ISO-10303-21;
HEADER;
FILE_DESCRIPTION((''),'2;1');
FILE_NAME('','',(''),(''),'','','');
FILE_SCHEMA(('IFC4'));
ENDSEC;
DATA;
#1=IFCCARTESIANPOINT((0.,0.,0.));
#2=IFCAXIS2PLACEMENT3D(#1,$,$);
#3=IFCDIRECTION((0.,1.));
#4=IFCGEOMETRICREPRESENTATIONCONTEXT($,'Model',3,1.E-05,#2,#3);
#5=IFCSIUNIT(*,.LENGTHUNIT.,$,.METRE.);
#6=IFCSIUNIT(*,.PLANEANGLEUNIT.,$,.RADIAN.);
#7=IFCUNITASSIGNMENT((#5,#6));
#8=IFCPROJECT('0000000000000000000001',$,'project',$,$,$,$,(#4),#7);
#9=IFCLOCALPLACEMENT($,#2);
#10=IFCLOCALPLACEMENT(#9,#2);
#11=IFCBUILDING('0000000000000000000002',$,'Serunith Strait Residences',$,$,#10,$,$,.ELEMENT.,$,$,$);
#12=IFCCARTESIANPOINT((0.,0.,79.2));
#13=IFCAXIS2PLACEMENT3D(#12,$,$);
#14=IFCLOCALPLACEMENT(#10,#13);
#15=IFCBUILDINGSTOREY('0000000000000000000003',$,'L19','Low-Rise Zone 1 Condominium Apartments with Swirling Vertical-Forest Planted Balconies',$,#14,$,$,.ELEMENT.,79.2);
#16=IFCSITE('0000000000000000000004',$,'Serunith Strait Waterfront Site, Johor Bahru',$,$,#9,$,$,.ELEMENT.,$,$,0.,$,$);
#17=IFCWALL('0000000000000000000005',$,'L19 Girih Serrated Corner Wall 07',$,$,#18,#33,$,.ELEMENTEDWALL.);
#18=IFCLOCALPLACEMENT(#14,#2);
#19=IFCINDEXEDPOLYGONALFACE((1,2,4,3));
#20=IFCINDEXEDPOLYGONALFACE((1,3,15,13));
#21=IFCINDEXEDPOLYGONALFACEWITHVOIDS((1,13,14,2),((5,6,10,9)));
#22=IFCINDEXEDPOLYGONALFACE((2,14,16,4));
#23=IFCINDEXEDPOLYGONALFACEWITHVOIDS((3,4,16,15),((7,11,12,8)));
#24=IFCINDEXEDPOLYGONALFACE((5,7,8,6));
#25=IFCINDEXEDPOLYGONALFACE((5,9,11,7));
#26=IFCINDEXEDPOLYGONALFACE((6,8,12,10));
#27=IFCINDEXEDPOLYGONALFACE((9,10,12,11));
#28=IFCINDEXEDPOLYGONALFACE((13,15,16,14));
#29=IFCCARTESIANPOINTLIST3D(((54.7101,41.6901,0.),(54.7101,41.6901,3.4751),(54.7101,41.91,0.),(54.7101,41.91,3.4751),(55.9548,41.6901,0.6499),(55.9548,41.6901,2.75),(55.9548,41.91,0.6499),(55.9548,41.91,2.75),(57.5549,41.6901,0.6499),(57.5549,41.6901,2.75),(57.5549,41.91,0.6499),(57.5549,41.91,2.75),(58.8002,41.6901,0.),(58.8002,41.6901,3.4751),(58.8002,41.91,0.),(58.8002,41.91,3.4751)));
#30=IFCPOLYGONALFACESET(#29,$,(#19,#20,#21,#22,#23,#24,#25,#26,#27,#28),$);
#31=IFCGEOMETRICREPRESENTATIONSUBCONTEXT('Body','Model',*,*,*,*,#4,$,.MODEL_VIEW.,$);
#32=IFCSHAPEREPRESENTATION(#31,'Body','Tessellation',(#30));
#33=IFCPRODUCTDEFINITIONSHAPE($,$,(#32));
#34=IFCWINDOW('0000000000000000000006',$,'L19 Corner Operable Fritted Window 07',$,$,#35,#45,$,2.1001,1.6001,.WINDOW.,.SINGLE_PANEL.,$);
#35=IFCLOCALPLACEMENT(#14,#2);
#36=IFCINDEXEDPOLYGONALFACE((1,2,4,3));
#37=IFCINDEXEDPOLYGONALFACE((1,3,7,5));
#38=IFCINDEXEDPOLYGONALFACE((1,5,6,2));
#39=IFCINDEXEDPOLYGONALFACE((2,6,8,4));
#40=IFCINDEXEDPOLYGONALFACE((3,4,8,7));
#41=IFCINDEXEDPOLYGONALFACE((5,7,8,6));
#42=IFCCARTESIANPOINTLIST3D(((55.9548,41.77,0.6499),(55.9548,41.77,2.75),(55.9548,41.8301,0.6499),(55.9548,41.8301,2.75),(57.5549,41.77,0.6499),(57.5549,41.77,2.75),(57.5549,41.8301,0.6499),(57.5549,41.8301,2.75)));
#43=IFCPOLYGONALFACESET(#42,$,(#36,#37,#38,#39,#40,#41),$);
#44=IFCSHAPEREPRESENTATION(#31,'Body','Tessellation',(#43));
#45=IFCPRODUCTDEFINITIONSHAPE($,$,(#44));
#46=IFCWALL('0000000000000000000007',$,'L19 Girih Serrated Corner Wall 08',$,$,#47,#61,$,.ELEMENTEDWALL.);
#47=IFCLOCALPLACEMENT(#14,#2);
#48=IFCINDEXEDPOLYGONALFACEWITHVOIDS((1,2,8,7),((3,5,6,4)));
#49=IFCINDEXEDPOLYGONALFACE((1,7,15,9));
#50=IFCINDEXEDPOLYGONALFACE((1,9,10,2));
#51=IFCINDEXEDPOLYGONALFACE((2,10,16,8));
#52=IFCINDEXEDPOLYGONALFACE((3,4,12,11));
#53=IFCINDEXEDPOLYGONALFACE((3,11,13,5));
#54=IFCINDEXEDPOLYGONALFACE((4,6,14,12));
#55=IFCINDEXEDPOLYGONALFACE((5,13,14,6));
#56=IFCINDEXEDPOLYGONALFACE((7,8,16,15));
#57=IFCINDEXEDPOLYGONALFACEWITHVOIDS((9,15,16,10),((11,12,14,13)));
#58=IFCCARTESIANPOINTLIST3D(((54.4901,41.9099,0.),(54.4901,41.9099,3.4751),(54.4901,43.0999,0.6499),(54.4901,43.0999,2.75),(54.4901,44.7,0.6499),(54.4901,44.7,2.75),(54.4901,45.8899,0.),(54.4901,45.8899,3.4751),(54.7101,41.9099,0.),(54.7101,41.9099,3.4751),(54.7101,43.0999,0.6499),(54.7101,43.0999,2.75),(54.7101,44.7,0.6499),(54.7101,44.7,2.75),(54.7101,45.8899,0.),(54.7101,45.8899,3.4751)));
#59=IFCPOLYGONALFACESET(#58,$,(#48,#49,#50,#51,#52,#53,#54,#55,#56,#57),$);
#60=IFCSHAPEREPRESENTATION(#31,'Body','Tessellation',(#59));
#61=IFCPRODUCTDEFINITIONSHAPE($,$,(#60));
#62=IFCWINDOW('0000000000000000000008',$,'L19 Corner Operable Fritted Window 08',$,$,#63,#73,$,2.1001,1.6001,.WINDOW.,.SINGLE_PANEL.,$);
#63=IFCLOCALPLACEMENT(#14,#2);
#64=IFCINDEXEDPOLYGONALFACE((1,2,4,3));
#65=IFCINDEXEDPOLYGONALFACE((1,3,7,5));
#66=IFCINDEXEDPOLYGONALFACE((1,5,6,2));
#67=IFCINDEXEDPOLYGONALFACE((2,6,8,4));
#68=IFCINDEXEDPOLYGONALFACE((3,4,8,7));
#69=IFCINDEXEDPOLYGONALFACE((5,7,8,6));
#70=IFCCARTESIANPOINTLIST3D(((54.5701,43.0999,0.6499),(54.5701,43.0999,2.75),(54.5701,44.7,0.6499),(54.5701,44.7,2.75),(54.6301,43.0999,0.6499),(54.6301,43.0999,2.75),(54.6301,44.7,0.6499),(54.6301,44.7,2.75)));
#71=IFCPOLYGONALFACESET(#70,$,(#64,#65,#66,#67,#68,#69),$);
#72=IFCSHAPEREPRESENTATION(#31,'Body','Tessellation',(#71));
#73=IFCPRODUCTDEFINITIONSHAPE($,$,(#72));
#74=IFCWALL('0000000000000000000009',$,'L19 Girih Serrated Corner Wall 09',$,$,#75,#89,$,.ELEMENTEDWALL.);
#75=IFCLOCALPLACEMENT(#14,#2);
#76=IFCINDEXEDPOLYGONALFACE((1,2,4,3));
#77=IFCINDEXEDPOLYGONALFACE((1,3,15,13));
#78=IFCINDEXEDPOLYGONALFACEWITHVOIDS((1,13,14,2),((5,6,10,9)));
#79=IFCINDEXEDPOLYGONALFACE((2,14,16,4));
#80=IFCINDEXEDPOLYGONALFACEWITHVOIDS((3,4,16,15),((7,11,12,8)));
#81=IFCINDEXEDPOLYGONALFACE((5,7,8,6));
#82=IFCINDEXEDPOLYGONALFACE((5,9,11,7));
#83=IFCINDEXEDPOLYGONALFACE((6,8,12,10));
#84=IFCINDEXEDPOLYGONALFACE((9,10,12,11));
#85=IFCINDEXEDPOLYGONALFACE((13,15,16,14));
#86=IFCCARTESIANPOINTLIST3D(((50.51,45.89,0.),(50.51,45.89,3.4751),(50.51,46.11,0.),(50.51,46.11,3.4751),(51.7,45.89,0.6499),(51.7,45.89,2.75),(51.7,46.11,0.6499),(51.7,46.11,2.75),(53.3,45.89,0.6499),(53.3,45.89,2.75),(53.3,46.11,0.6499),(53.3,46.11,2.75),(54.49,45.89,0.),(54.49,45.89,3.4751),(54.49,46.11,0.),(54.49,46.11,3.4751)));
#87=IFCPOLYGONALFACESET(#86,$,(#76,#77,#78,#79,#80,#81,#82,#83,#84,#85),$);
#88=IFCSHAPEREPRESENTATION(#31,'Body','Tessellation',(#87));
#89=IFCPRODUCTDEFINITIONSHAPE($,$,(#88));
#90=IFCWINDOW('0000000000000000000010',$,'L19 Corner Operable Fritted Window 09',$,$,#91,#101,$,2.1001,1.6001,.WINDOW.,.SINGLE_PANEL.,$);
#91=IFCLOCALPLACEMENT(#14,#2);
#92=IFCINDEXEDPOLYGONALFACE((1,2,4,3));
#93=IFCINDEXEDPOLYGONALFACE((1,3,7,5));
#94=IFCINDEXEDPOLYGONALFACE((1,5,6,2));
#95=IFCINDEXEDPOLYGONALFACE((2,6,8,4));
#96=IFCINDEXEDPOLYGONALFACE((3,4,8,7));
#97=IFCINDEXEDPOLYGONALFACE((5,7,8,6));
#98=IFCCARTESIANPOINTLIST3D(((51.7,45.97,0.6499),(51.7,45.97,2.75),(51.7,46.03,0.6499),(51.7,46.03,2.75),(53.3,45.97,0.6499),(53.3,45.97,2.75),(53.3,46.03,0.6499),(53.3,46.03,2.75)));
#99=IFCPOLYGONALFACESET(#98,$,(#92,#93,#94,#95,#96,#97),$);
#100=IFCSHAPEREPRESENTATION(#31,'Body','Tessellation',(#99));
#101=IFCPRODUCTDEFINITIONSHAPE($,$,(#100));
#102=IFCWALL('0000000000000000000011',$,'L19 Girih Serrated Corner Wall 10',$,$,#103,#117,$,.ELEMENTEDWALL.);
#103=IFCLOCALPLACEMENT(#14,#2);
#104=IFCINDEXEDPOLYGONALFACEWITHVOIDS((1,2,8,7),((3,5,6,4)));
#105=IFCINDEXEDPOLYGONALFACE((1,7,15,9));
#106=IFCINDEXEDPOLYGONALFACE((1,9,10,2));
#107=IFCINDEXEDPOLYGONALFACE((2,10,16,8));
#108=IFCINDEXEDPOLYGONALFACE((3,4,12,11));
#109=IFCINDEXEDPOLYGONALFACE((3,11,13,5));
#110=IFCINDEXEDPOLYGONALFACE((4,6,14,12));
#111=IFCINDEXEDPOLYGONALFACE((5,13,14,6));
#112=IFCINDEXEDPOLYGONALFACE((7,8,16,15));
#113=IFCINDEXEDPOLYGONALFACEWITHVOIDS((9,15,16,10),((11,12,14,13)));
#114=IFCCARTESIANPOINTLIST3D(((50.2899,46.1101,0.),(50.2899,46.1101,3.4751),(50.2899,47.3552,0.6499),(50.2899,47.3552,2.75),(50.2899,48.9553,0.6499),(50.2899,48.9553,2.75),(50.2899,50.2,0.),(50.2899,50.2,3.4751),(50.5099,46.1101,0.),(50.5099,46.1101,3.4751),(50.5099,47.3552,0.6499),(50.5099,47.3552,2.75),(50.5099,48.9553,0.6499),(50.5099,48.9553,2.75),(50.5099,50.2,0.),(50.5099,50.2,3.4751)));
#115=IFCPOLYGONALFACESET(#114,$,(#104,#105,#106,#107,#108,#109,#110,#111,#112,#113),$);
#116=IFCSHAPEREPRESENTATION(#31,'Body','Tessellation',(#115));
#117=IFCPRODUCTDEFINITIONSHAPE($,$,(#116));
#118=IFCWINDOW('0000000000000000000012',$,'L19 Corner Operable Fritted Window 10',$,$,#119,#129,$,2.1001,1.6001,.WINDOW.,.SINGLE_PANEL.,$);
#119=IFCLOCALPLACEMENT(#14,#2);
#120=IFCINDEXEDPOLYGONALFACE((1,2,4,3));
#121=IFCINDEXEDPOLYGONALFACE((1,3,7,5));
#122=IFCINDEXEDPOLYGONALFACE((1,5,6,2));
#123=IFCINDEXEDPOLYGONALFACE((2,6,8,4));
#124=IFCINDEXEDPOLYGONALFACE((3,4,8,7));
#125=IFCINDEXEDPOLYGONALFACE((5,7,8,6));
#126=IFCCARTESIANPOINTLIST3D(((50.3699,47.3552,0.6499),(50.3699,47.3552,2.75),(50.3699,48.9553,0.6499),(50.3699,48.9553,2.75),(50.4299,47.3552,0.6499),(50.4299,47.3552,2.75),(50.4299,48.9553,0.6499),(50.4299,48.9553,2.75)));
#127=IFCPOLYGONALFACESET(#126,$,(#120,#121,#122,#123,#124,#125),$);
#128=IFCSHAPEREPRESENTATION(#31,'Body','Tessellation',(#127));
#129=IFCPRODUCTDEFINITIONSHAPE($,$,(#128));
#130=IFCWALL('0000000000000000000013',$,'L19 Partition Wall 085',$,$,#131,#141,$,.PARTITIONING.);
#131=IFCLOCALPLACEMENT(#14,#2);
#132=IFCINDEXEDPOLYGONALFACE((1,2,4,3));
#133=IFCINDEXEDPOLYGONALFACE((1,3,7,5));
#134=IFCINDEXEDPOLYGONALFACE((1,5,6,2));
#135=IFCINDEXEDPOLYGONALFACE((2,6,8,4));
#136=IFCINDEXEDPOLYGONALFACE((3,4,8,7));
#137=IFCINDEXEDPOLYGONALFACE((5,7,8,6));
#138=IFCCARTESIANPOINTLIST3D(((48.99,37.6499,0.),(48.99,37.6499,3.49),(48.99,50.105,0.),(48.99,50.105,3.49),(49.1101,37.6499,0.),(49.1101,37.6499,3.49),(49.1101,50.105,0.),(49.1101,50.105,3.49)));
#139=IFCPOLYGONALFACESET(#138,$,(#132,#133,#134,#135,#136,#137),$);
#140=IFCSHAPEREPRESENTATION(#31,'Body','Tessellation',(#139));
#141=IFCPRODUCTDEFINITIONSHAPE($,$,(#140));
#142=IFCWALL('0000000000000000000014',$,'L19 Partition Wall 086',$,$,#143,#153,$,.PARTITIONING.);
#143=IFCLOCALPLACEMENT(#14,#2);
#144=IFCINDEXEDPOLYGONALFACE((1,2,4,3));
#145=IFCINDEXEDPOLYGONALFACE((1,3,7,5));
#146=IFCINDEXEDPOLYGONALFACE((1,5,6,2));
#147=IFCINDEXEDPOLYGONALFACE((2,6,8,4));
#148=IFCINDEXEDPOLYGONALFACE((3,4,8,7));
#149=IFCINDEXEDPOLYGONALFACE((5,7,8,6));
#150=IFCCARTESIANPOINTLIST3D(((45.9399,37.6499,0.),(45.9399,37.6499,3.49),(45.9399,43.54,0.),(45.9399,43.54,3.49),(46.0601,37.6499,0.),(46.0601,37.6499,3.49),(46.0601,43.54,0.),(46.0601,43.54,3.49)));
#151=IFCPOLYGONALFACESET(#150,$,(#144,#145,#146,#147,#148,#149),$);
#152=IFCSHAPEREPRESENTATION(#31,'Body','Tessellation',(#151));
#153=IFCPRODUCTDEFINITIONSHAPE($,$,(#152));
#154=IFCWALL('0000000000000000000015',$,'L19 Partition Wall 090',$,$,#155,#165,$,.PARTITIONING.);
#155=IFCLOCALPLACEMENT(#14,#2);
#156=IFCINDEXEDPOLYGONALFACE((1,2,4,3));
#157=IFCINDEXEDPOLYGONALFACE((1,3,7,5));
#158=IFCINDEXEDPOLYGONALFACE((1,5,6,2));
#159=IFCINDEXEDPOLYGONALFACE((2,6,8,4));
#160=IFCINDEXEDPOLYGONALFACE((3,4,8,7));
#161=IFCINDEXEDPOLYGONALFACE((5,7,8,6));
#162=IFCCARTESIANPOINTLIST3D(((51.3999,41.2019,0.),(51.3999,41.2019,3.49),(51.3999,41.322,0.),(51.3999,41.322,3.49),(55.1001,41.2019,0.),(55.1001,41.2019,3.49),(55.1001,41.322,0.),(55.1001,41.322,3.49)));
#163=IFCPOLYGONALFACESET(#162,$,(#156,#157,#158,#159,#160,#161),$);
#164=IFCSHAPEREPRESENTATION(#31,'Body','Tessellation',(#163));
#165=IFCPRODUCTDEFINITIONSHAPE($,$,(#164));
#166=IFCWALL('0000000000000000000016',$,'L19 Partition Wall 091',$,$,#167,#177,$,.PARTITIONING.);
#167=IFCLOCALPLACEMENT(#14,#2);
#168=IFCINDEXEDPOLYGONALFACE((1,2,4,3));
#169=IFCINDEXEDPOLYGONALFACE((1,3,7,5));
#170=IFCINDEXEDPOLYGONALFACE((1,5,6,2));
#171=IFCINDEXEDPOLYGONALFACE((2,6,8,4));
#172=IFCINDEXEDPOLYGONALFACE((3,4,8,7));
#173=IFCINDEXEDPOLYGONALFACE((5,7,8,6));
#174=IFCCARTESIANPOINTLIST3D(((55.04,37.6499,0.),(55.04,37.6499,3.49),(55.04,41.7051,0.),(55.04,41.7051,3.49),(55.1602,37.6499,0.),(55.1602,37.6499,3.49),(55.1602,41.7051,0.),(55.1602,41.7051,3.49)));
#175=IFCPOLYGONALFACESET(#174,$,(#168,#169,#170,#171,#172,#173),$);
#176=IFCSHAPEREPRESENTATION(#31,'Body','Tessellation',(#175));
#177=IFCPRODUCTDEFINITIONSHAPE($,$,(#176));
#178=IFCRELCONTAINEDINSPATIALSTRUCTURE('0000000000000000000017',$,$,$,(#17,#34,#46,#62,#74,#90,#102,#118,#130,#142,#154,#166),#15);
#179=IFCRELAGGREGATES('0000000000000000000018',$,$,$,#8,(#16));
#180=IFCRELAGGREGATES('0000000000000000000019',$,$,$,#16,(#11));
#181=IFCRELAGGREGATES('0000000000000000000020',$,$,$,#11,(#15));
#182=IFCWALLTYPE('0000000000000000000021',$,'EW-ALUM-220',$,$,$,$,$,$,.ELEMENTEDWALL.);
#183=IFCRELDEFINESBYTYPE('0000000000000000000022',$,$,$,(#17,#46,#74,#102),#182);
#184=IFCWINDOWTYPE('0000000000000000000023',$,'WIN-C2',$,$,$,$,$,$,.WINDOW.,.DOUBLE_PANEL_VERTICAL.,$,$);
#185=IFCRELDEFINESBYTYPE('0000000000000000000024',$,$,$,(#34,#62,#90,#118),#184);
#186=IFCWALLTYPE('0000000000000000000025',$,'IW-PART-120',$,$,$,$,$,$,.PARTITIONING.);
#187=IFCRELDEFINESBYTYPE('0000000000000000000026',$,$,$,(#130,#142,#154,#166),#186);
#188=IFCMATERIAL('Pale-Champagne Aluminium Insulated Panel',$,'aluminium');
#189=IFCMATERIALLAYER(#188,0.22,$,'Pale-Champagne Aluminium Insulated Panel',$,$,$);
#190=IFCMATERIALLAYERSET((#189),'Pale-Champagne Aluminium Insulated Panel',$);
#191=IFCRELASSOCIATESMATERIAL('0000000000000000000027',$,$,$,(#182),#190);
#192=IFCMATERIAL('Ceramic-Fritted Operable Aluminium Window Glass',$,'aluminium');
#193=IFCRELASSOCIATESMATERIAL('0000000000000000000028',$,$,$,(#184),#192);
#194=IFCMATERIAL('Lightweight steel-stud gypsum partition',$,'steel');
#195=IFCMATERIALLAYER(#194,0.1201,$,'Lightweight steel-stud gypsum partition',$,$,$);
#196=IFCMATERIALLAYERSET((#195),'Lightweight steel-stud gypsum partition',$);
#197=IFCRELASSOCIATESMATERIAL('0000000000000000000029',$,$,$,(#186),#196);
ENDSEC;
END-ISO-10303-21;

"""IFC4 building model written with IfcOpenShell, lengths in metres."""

from ifc_helpers import new_model, si_unit, direction, frame, frame_2d, origin, place, context, subcontext, project, spatial, rectangle, extrude, source, transform, mapped, material, layer, layer_set, type_object, element, fill, save


model = new_model("IFC4")

# Units and contexts
model_context = context("Model", 3, precision=1e-05, world=origin(), true_north=direction((0.0, 1.0)))
body_context = subcontext(model_context, "Body", "Model", "MODEL_VIEW")
ifc_project = project(units=[si_unit("LENGTHUNIT", "METRE"), si_unit("PLANEANGLEUNIT", "RADIAN")], contexts=[model_context])

# Site, building, storey
site_placement = place(None, origin())
site = spatial("IfcSite", under=ifc_project, at=site_placement, Name="Serunith Strait Waterfront Site, Johor Bahru", CompositionType="ELEMENT", RefElevation=0.0)
building_placement = place(site_placement, origin())
building = spatial("IfcBuilding", under=site, at=building_placement, Name="Serunith Strait Residences", CompositionType="ELEMENT")
storey_placement = place(building_placement, frame((0.0, 0.0, 79.2)))
storey = spatial("IfcBuildingStorey", under=building, at=storey_placement, Name="L19", Description="Low-Rise Zone 1 Condominium Apartments with Swirling Vertical-Forest Planted Balconies", CompositionType="ELEMENT", Elevation=79.2)

# Walls, openings, windows
ifc_material_1 = material(Name="Pale-Champagne Aluminium Insulated Panel", Category="aluminium")
ifc_layer_1 = layer(ifc_material_1, 0.22, Name="Pale-Champagne Aluminium Insulated Panel")
ifc_layer_set_1 = layer_set([ifc_layer_1], Name="Pale-Champagne Aluminium Insulated Panel")
wall_type_1 = type_object("IfcWallType", Name="EW-ALUM-220", PredefinedType="ELEMENTEDWALL", material=ifc_layer_set_1)
wall_1_placement = place(storey_placement, frame((58.8, 41.8, 0.0), z_axis=(0.0, 0.0, 1.0), x_axis=(-1.0, 0.0, 0.0)))
wall_1 = element("IfcWall", 1, at=wall_1_placement, inside=storey, type_object=wall_type_1, Name="L19 Girih Serrated Corner Wall 07", PredefinedType="ELEMENTEDWALL", context=body_context, shape_type="SweptSolid", body=[
    extrude(rectangle(XDim=4.0901, YDim=0.22, at=frame_2d((2.0449, 0.0))), origin(), (0.0, 0.0, 1.0), 3.4751),
])
opening_1_placement = place(wall_1_placement, frame((1.2451, 0.0, 0.6499)))
opening_1 = element("IfcOpeningElement", 2, at=opening_1_placement, cuts=wall_1, PredefinedType="OPENING", context=body_context, shape_type="SweptSolid", body=[
    extrude(rectangle(XDim=1.6001, YDim=2.1001, at=frame_2d((0.8, 1.05))), frame((0.0, 0.1201, 0.0), z_axis=(0.0, -1.0, 0.0), x_axis=(1.0, 0.0, 0.0)), (0.0, 0.0, 1.0), 0.24),
])
ifc_material_2 = material(Name="Ceramic-Fritted Operable Aluminium Window Glass", Category="aluminium")
window_type = type_object("IfcWindowType", Name="WIN-C2", PartitioningType="DOUBLE_PANEL_VERTICAL", PredefinedType="WINDOW", material=ifc_material_2)
shared_shape_1 = source(origin(), body_context, "Body", "SweptSolid", [
    extrude(rectangle(XDim=1.6001, YDim=2.1001, at=frame_2d((0.8, 1.05))), frame((0.0, 0.03, 0.0), z_axis=(0.0, -1.0, 0.0), x_axis=(1.0, 0.0, 0.0)), (0.0, 0.0, 1.0), 0.0601),
])
window_1_placement = place(opening_1_placement, origin())
window_1 = element("IfcWindow", 3, at=window_1_placement, inside=storey, type_object=window_type, Name="L19 Corner Operable Fritted Window 07", OverallHeight=2.1001, OverallWidth=1.6001, PartitioningType="SINGLE_PANEL", PredefinedType="WINDOW", context=body_context, shape_type="MappedRepresentation", body=[
    mapped(shared_shape_1, transform((0.0, 0.0, 0.0), scale=1.0)),
])
fill(opening_1, window_1)
wall_2_placement = place(storey_placement, frame((54.6001, 41.9099, 0.0), z_axis=(0.0, 0.0, 1.0), x_axis=(0.0, 1.0, 0.0)))
wall_2 = element("IfcWall", 4, at=wall_2_placement, inside=storey, type_object=wall_type_1, Name="L19 Girih Serrated Corner Wall 08", PredefinedType="ELEMENTEDWALL", context=body_context, shape_type="SweptSolid", body=[
    extrude(rectangle(XDim=3.98, YDim=0.22, at=frame_2d((1.99, 0.0))), origin(), (0.0, 0.0, 1.0), 3.4751),
])
opening_2_placement = place(wall_2_placement, frame((1.1899, 0.0, 0.6499)))
opening_2 = element("IfcOpeningElement", 5, at=opening_2_placement, cuts=wall_2, PredefinedType="OPENING", context=body_context, shape_type="SweptSolid", body=[
    extrude(rectangle(XDim=1.6001, YDim=2.1001, at=frame_2d((0.8, 1.05))), frame((0.0, 0.1201, 0.0), z_axis=(0.0, -1.0, 0.0), x_axis=(1.0, 0.0, 0.0)), (0.0, 0.0, 1.0), 0.24),
])
window_2_placement = place(opening_2_placement, origin())
window_2 = element("IfcWindow", 6, at=window_2_placement, inside=storey, type_object=window_type, Name="L19 Corner Operable Fritted Window 08", OverallHeight=2.1001, OverallWidth=1.6001, PartitioningType="SINGLE_PANEL", PredefinedType="WINDOW", context=body_context, shape_type="MappedRepresentation", body=[
    mapped(shared_shape_1, transform((0.0, 0.0, 0.0), scale=1.0)),
])
fill(opening_2, window_2)
wall_3_placement = place(storey_placement, frame((54.49, 46.0, 0.0), z_axis=(0.0, 0.0, 1.0), x_axis=(-1.0, 0.0, 0.0)))
wall_3 = element("IfcWall", 7, at=wall_3_placement, inside=storey, type_object=wall_type_1, Name="L19 Girih Serrated Corner Wall 09", PredefinedType="ELEMENTEDWALL", context=body_context, shape_type="SweptSolid", body=[
    extrude(rectangle(XDim=3.98, YDim=0.22, at=frame_2d((1.99, 0.0))), origin(), (0.0, 0.0, 1.0), 3.4751),
])
opening_3_placement = place(wall_3_placement, frame((1.1899, 0.0, 0.6499)))
opening_3 = element("IfcOpeningElement", 8, at=opening_3_placement, cuts=wall_3, PredefinedType="OPENING", context=body_context, shape_type="SweptSolid", body=[
    extrude(rectangle(XDim=1.6001, YDim=2.1001, at=frame_2d((0.8, 1.05))), frame((0.0, 0.1201, 0.0), z_axis=(0.0, -1.0, 0.0), x_axis=(1.0, 0.0, 0.0)), (0.0, 0.0, 1.0), 0.24),
])
window_3_placement = place(opening_3_placement, origin())
window_3 = element("IfcWindow", 9, at=window_3_placement, inside=storey, type_object=window_type, Name="L19 Corner Operable Fritted Window 09", OverallHeight=2.1001, OverallWidth=1.6001, PartitioningType="SINGLE_PANEL", PredefinedType="WINDOW", context=body_context, shape_type="MappedRepresentation", body=[
    mapped(shared_shape_1, transform((0.0, 0.0, 0.0), scale=1.0)),
])
fill(opening_3, window_3)
wall_4_placement = place(storey_placement, frame((50.3999, 46.1101, 0.0), z_axis=(0.0, 0.0, 1.0), x_axis=(0.0, 1.0, 0.0)))
wall_4 = element("IfcWall", 10, at=wall_4_placement, inside=storey, type_object=wall_type_1, Name="L19 Girih Serrated Corner Wall 10", PredefinedType="ELEMENTEDWALL", context=body_context, shape_type="SweptSolid", body=[
    extrude(rectangle(XDim=4.0898, YDim=0.22, at=frame_2d((2.0449, 0.0))), origin(), (0.0, 0.0, 1.0), 3.4751),
])
opening_4_placement = place(wall_4_placement, frame((1.2451, 0.0, 0.6499)))
opening_4 = element("IfcOpeningElement", 11, at=opening_4_placement, cuts=wall_4, PredefinedType="OPENING", context=body_context, shape_type="SweptSolid", body=[
    extrude(rectangle(XDim=1.6001, YDim=2.1001, at=frame_2d((0.8, 1.05))), frame((0.0, 0.1201, 0.0), z_axis=(0.0, -1.0, 0.0), x_axis=(1.0, 0.0, 0.0)), (0.0, 0.0, 1.0), 0.24),
])
window_4_placement = place(opening_4_placement, origin())
window_4 = element("IfcWindow", 12, at=window_4_placement, inside=storey, type_object=window_type, Name="L19 Corner Operable Fritted Window 10", OverallHeight=2.1001, OverallWidth=1.6001, PartitioningType="SINGLE_PANEL", PredefinedType="WINDOW", context=body_context, shape_type="MappedRepresentation", body=[
    mapped(shared_shape_1, transform((0.0, 0.0, 0.0), scale=1.0)),
])
fill(opening_4, window_4)

# Walls
ifc_material_3 = material(Name="Lightweight steel-stud gypsum partition", Category="steel")
ifc_layer_2 = layer(ifc_material_3, 0.1201, Name="Lightweight steel-stud gypsum partition")
ifc_layer_set_2 = layer_set([ifc_layer_2], Name="Lightweight steel-stud gypsum partition")
wall_type_2 = type_object("IfcWallType", Name="IW-PART-120", PredefinedType="PARTITIONING", material=ifc_layer_set_2)
wall_5_placement = place(storey_placement, frame((49.05, 50.105, 0.0), z_axis=(0.0, 0.0, 1.0), x_axis=(0.0, -1.0, 0.0)))
element("IfcWall", 13, at=wall_5_placement, inside=storey, type_object=wall_type_2, Name="L19 Partition Wall 085", PredefinedType="PARTITIONING", context=body_context, shape_type="SweptSolid", body=[
    extrude(rectangle(XDim=12.4551, YDim=0.1201, at=frame_2d((6.2275, 0.0))), origin(), (0.0, 0.0, 1.0), 3.49),
])
wall_6_placement = place(storey_placement, frame((46.0, 43.54, 0.0), z_axis=(0.0, 0.0, 1.0), x_axis=(0.0, -1.0, 0.0)))
element("IfcWall", 14, at=wall_6_placement, inside=storey, type_object=wall_type_2, Name="L19 Partition Wall 086", PredefinedType="PARTITIONING", context=body_context, shape_type="SweptSolid", body=[
    extrude(rectangle(XDim=5.8901, YDim=0.1201, at=frame_2d((2.9451, 0.0))), origin(), (0.0, 0.0, 1.0), 3.49),
])
wall_7_placement = place(storey_placement, frame((51.3999, 41.262, 0.0), z_axis=(0.0, 0.0, 1.0), x_axis=(1.0, 0.0, 0.0)))
element("IfcWall", 15, at=wall_7_placement, inside=storey, type_object=wall_type_2, Name="L19 Partition Wall 090", PredefinedType="PARTITIONING", context=body_context, shape_type="SweptSolid", body=[
    extrude(rectangle(XDim=3.7002, YDim=0.1201, at=frame_2d((1.8501, 0.0))), origin(), (0.0, 0.0, 1.0), 3.49),
])
wall_8_placement = place(storey_placement, frame((55.1001, 41.7051, 0.0), z_axis=(0.0, 0.0, 1.0), x_axis=(0.0, -1.0, 0.0)))
element("IfcWall", 16, at=wall_8_placement, inside=storey, type_object=wall_type_2, Name="L19 Partition Wall 091", PredefinedType="PARTITIONING", context=body_context, shape_type="SweptSolid", body=[
    extrude(rectangle(XDim=4.0552, YDim=0.1201, at=frame_2d((2.0276, 0.0))), origin(), (0.0, 0.0, 1.0), 3.49),
])

save(model, "model.ifc")
